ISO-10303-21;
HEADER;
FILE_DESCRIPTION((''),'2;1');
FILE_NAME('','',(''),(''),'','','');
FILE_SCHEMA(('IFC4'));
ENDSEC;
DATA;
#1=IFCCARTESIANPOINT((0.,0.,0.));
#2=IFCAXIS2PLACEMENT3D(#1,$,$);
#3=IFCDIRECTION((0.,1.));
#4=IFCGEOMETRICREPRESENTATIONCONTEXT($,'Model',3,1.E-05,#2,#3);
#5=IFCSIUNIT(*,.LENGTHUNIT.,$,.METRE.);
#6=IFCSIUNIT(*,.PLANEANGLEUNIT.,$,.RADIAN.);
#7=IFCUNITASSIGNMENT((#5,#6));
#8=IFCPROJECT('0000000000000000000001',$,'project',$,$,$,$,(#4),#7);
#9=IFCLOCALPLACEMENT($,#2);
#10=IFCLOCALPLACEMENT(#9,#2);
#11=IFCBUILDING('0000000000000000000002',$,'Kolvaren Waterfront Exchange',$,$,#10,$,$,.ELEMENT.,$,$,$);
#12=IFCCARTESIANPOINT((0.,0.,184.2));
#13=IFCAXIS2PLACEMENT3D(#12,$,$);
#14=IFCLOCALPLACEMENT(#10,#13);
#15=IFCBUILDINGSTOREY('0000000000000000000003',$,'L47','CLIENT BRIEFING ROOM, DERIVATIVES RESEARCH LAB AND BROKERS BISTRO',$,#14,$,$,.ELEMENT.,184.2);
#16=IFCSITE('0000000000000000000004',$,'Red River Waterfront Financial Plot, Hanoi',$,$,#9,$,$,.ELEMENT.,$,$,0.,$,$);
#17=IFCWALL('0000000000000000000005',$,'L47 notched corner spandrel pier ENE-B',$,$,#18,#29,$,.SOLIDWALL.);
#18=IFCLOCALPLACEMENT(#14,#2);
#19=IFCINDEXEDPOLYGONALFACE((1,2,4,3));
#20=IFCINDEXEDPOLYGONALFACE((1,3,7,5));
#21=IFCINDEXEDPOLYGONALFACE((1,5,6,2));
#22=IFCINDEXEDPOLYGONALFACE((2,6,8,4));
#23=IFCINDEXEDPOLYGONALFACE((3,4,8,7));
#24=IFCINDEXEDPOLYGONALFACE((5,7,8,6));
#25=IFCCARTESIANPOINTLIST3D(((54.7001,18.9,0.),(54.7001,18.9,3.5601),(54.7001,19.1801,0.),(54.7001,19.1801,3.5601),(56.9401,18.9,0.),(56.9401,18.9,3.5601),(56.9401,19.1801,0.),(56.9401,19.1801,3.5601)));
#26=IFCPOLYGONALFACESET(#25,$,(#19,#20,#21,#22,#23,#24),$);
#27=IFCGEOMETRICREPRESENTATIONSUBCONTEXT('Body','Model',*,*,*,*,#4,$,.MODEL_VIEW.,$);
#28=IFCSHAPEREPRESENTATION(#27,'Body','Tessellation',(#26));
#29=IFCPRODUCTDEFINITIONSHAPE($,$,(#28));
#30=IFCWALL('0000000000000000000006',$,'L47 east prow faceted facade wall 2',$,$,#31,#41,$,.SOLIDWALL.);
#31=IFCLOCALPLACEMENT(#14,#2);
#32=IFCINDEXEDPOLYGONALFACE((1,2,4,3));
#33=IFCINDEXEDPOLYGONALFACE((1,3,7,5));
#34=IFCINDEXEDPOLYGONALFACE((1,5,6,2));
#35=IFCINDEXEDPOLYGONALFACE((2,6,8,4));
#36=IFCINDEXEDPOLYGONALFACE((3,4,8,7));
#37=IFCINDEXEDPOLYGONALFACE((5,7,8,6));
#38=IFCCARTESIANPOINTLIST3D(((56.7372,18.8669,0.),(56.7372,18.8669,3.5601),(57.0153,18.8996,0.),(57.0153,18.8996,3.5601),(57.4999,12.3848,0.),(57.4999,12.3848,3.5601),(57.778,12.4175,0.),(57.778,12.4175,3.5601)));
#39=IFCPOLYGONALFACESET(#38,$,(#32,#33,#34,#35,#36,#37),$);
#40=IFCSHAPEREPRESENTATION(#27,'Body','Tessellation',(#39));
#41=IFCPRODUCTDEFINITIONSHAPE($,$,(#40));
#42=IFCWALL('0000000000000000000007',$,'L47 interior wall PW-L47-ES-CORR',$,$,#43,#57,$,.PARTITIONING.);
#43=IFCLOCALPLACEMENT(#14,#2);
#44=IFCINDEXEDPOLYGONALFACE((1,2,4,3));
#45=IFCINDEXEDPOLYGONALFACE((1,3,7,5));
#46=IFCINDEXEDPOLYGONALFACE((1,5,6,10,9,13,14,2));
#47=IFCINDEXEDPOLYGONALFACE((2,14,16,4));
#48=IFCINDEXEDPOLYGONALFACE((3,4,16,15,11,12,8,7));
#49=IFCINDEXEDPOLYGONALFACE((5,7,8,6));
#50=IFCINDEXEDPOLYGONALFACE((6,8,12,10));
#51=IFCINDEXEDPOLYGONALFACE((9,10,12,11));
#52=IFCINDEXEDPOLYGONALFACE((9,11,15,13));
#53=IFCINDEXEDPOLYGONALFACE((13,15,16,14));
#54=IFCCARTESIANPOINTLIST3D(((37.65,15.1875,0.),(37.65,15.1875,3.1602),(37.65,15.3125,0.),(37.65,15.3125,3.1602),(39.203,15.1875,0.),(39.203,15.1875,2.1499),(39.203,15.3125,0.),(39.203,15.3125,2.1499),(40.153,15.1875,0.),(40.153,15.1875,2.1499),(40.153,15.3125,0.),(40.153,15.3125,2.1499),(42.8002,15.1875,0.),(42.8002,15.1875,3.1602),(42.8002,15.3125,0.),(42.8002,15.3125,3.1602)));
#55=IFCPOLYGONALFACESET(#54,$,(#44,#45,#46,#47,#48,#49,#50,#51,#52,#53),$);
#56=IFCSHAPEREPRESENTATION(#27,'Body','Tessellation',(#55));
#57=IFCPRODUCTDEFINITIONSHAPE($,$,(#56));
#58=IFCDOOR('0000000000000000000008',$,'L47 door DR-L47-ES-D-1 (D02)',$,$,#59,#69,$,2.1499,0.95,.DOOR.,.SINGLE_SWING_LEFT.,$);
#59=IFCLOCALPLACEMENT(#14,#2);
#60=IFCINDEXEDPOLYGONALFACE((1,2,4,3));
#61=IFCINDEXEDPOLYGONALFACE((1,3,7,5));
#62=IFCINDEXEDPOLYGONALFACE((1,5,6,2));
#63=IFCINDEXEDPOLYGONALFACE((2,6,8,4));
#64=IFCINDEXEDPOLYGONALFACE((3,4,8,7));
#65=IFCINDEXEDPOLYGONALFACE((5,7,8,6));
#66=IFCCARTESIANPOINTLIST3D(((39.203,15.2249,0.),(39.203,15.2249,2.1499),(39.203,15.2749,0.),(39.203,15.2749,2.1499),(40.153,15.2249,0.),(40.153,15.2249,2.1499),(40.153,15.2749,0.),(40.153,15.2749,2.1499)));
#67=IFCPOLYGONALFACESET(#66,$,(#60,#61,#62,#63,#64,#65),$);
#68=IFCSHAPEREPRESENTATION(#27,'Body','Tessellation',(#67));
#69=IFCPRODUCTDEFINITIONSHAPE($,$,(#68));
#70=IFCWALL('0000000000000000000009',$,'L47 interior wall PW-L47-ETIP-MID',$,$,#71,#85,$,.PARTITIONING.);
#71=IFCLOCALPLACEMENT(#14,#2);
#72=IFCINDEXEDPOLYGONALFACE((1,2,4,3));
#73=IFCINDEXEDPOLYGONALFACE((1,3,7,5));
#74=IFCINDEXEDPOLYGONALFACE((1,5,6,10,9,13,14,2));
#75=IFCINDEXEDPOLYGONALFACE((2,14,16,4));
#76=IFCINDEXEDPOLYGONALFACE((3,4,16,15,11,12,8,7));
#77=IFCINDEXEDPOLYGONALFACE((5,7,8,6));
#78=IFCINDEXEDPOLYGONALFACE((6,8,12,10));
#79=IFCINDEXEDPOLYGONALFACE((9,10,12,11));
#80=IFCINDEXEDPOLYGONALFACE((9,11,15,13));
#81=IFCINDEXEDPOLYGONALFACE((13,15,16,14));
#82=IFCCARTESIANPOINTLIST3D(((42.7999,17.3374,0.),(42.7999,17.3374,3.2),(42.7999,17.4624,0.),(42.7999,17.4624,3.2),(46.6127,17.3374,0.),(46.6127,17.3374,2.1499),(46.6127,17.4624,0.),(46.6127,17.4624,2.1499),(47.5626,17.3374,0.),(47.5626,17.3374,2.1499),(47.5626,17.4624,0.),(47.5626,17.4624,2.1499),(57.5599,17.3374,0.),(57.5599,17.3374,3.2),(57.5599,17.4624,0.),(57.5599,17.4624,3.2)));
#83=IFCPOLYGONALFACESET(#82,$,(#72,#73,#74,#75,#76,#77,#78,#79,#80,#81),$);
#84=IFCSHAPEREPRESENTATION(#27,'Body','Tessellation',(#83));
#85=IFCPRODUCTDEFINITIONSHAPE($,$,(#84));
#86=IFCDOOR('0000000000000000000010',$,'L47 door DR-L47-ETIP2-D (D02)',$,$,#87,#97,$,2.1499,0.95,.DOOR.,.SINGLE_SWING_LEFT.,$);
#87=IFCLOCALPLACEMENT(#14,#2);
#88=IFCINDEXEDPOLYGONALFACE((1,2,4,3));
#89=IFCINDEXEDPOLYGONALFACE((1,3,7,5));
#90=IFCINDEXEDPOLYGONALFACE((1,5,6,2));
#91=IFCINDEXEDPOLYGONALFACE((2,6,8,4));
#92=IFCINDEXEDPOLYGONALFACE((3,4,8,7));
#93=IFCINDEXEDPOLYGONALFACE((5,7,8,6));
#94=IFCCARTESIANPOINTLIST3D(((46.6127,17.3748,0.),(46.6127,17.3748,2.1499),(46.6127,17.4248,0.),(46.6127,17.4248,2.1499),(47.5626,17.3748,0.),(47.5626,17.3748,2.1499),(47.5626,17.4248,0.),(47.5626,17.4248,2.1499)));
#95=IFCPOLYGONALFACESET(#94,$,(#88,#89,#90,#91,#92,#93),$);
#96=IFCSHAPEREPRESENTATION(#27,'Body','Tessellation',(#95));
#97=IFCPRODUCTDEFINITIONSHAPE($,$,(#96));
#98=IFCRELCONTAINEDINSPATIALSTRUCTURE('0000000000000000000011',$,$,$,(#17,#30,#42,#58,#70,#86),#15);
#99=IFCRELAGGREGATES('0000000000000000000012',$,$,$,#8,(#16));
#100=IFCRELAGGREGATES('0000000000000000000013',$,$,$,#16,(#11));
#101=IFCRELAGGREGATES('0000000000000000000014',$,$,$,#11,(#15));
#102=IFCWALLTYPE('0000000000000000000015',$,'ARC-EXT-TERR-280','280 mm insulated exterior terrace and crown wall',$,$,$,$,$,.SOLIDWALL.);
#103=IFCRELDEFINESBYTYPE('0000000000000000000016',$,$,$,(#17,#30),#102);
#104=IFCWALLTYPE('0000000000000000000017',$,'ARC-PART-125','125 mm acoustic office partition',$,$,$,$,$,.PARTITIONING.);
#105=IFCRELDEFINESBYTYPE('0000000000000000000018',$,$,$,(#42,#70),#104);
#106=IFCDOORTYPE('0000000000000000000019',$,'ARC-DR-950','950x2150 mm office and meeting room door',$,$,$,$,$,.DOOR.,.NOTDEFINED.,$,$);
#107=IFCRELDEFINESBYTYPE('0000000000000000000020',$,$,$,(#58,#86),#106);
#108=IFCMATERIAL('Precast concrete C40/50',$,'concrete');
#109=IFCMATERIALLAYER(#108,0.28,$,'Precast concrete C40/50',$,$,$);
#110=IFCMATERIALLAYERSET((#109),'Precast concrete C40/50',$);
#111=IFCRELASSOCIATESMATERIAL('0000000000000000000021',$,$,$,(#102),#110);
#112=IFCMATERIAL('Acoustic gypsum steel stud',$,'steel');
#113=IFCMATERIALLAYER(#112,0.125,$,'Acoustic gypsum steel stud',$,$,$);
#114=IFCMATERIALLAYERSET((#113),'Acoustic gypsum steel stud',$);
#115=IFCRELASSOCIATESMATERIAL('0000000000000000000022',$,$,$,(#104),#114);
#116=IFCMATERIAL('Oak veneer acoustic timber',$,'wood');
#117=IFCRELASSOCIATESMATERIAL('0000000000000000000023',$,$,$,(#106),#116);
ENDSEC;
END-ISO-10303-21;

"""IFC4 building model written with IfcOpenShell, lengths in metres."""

from ifc_helpers import new_model, si_unit, direction, frame, frame_2d, origin, place, context, subcontext, project, spatial, rectangle, extrude, material, layer, layer_set, type_object, element, fill, save


model = new_model("IFC4")

# Units and contexts
model_context = context("Model", 3, precision=1e-05, world=origin(), true_north=direction((0.0, 1.0)))
body_context = subcontext(model_context, "Body", "Model", "MODEL_VIEW")
ifc_project = project(units=[si_unit("LENGTHUNIT", "METRE"), si_unit("PLANEANGLEUNIT", "RADIAN")], contexts=[model_context])

# Site, building, storey
site_placement = place(None, origin())
site = spatial("IfcSite", under=ifc_project, at=site_placement, Name="Red River Waterfront Financial Plot, Hanoi", CompositionType="ELEMENT", RefElevation=0.0)
building_placement = place(site_placement, origin())
building = spatial("IfcBuilding", under=site, at=building_placement, Name="Kolvaren Waterfront Exchange", CompositionType="ELEMENT")
storey_placement = place(building_placement, frame((0.0, 0.0, 184.2)))
storey = spatial("IfcBuildingStorey", under=building, at=storey_placement, Name="L47", Description="CLIENT BRIEFING ROOM, DERIVATIVES RESEARCH LAB AND BROKERS BISTRO", CompositionType="ELEMENT", Elevation=184.2)

# Walls
ifc_material_1 = material(Name="Precast concrete C40/50", Category="concrete")
ifc_layer_1 = layer(ifc_material_1, 0.28, Name="Precast concrete C40/50")
ifc_layer_set_1 = layer_set([ifc_layer_1], Name="Precast concrete C40/50")
wall_type_1 = type_object("IfcWallType", Name="ARC-EXT-TERR-280", Description="280 mm insulated exterior terrace and crown wall", PredefinedType="SOLIDWALL", material=ifc_layer_set_1)
wall_1_placement = place(storey_placement, frame((54.7, 19.04, 0.0), z_axis=(0.0, 0.0, 1.0), x_axis=(1.0, 0.0, 0.0)))
element("IfcWall", 1, at=wall_1_placement, inside=storey, type_object=wall_type_1, Name="L47 notched corner spandrel pier ENE-B", PredefinedType="SOLIDWALL", context=body_context, shape_type="SweptSolid", body=[
    extrude(rectangle(XDim=2.24, YDim=0.28, at=frame_2d((1.1201, 0.0))), origin(), (0.0, 0.0, 1.0), 3.5601),
])
wall_2_placement = place(storey_placement, frame((57.6389, 12.4011, 0.0), z_axis=(0.0, 0.0, 1.0), x_axis=(-0.116854, 0.993149, 0.0)))
element("IfcWall", 2, at=wall_2_placement, inside=storey, type_object=wall_type_1, Name="L47 east prow faceted facade wall 2", PredefinedType="SOLIDWALL", context=body_context, shape_type="SweptSolid", body=[
    extrude(rectangle(XDim=6.5269, YDim=0.28, at=frame_2d((3.2634, 0.0))), origin(), (0.0, 0.0, 1.0), 3.5601),
])

# Walls, openings, doors
ifc_material_2 = material(Name="Acoustic gypsum steel stud", Category="steel")
ifc_layer_2 = layer(ifc_material_2, 0.125, Name="Acoustic gypsum steel stud")
ifc_layer_set_2 = layer_set([ifc_layer_2], Name="Acoustic gypsum steel stud")
wall_type_2 = type_object("IfcWallType", Name="ARC-PART-125", Description="125 mm acoustic office partition", PredefinedType="PARTITIONING", material=ifc_layer_set_2)
wall_3_placement = place(storey_placement, frame((37.6499, 15.25, 0.0), z_axis=(0.0, 0.0, 1.0), x_axis=(1.0, 0.0, 0.0)))
wall_3 = element("IfcWall", 3, at=wall_3_placement, inside=storey, type_object=wall_type_2, Name="L47 interior wall PW-L47-ES-CORR", PredefinedType="PARTITIONING", context=body_context, shape_type="SweptSolid", body=[
    extrude(rectangle(XDim=5.1501, YDim=0.125, at=frame_2d((2.5752, 0.0))), origin(), (0.0, 0.0, 1.0), 3.1602),
])
opening_1_placement = place(wall_3_placement, frame((1.553, 0.0, 0.0)))
opening_1 = element("IfcOpeningElement", 4, at=opening_1_placement, cuts=wall_3, PredefinedType="OPENING", context=body_context, shape_type="SweptSolid", body=[
    extrude(rectangle(XDim=0.95, YDim=2.1499, at=frame_2d((0.4751, 1.075))), frame((0.0, 0.0725, 0.0), z_axis=(0.0, -1.0, 0.0), x_axis=(1.0, 0.0, 0.0)), (0.0, 0.0, 1.0), 0.145),
])
ifc_material_3 = material(Name="Oak veneer acoustic timber", Category="wood")
door_type = type_object("IfcDoorType", Name="ARC-DR-950", Description="950x2150 mm office and meeting room door", OperationType="NOTDEFINED", PredefinedType="DOOR", material=ifc_material_3)
door_1_placement = place(opening_1_placement, origin())
door_1 = element("IfcDoor", 5, at=door_1_placement, inside=storey, type_object=door_type, Name="L47 door DR-L47-ES-D-1 (D02)", OperationType="SINGLE_SWING_LEFT", OverallHeight=2.1499, OverallWidth=0.95, PredefinedType="DOOR", context=body_context, shape_type="SweptSolid", body=[
    extrude(rectangle(XDim=0.95, YDim=2.1499, at=frame_2d((0.4751, 1.075))), frame((0.0, 0.0249, 0.0), z_axis=(0.0, -1.0, 0.0), x_axis=(1.0, 0.0, 0.0)), (0.0, 0.0, 1.0), 0.05),
])
fill(opening_1, door_1)
wall_4_placement = place(storey_placement, frame((42.8, 17.3999, 0.0), z_axis=(0.0, 0.0, 1.0), x_axis=(1.0, 0.0, 0.0)))
wall_4 = element("IfcWall", 6, at=wall_4_placement, inside=storey, type_object=wall_type_2, Name="L47 interior wall PW-L47-ETIP-MID", PredefinedType="PARTITIONING", context=body_context, shape_type="SweptSolid", body=[
    extrude(rectangle(XDim=14.76, YDim=0.125, at=frame_2d((7.3799, 0.0))), origin(), (0.0, 0.0, 1.0), 3.2),
])
opening_2_placement = place(wall_4_placement, frame((3.8125, 0.0, 0.0)))
opening_2 = element("IfcOpeningElement", 7, at=opening_2_placement, cuts=wall_4, PredefinedType="OPENING", context=body_context, shape_type="SweptSolid", body=[
    extrude(rectangle(XDim=0.95, YDim=2.1499, at=frame_2d((0.4751, 1.075))), frame((0.0, 0.0725, 0.0), z_axis=(0.0, -1.0, 0.0), x_axis=(1.0, 0.0, 0.0)), (0.0, 0.0, 1.0), 0.145),
])
door_2_placement = place(opening_2_placement, origin())
door_2 = element("IfcDoor", 8, at=door_2_placement, inside=storey, type_object=door_type, Name="L47 door DR-L47-ETIP2-D (D02)", OperationType="SINGLE_SWING_LEFT", OverallHeight=2.1499, OverallWidth=0.95, PredefinedType="DOOR", context=body_context, shape_type="SweptSolid", body=[
    extrude(rectangle(XDim=0.95, YDim=2.1499, at=frame_2d((0.4751, 1.075))), frame((0.0, 0.0249, 0.0), z_axis=(0.0, -1.0, 0.0), x_axis=(1.0, 0.0, 0.0)), (0.0, 0.0, 1.0), 0.05),
])
fill(opening_2, door_2)

save(model, "model.ifc")
